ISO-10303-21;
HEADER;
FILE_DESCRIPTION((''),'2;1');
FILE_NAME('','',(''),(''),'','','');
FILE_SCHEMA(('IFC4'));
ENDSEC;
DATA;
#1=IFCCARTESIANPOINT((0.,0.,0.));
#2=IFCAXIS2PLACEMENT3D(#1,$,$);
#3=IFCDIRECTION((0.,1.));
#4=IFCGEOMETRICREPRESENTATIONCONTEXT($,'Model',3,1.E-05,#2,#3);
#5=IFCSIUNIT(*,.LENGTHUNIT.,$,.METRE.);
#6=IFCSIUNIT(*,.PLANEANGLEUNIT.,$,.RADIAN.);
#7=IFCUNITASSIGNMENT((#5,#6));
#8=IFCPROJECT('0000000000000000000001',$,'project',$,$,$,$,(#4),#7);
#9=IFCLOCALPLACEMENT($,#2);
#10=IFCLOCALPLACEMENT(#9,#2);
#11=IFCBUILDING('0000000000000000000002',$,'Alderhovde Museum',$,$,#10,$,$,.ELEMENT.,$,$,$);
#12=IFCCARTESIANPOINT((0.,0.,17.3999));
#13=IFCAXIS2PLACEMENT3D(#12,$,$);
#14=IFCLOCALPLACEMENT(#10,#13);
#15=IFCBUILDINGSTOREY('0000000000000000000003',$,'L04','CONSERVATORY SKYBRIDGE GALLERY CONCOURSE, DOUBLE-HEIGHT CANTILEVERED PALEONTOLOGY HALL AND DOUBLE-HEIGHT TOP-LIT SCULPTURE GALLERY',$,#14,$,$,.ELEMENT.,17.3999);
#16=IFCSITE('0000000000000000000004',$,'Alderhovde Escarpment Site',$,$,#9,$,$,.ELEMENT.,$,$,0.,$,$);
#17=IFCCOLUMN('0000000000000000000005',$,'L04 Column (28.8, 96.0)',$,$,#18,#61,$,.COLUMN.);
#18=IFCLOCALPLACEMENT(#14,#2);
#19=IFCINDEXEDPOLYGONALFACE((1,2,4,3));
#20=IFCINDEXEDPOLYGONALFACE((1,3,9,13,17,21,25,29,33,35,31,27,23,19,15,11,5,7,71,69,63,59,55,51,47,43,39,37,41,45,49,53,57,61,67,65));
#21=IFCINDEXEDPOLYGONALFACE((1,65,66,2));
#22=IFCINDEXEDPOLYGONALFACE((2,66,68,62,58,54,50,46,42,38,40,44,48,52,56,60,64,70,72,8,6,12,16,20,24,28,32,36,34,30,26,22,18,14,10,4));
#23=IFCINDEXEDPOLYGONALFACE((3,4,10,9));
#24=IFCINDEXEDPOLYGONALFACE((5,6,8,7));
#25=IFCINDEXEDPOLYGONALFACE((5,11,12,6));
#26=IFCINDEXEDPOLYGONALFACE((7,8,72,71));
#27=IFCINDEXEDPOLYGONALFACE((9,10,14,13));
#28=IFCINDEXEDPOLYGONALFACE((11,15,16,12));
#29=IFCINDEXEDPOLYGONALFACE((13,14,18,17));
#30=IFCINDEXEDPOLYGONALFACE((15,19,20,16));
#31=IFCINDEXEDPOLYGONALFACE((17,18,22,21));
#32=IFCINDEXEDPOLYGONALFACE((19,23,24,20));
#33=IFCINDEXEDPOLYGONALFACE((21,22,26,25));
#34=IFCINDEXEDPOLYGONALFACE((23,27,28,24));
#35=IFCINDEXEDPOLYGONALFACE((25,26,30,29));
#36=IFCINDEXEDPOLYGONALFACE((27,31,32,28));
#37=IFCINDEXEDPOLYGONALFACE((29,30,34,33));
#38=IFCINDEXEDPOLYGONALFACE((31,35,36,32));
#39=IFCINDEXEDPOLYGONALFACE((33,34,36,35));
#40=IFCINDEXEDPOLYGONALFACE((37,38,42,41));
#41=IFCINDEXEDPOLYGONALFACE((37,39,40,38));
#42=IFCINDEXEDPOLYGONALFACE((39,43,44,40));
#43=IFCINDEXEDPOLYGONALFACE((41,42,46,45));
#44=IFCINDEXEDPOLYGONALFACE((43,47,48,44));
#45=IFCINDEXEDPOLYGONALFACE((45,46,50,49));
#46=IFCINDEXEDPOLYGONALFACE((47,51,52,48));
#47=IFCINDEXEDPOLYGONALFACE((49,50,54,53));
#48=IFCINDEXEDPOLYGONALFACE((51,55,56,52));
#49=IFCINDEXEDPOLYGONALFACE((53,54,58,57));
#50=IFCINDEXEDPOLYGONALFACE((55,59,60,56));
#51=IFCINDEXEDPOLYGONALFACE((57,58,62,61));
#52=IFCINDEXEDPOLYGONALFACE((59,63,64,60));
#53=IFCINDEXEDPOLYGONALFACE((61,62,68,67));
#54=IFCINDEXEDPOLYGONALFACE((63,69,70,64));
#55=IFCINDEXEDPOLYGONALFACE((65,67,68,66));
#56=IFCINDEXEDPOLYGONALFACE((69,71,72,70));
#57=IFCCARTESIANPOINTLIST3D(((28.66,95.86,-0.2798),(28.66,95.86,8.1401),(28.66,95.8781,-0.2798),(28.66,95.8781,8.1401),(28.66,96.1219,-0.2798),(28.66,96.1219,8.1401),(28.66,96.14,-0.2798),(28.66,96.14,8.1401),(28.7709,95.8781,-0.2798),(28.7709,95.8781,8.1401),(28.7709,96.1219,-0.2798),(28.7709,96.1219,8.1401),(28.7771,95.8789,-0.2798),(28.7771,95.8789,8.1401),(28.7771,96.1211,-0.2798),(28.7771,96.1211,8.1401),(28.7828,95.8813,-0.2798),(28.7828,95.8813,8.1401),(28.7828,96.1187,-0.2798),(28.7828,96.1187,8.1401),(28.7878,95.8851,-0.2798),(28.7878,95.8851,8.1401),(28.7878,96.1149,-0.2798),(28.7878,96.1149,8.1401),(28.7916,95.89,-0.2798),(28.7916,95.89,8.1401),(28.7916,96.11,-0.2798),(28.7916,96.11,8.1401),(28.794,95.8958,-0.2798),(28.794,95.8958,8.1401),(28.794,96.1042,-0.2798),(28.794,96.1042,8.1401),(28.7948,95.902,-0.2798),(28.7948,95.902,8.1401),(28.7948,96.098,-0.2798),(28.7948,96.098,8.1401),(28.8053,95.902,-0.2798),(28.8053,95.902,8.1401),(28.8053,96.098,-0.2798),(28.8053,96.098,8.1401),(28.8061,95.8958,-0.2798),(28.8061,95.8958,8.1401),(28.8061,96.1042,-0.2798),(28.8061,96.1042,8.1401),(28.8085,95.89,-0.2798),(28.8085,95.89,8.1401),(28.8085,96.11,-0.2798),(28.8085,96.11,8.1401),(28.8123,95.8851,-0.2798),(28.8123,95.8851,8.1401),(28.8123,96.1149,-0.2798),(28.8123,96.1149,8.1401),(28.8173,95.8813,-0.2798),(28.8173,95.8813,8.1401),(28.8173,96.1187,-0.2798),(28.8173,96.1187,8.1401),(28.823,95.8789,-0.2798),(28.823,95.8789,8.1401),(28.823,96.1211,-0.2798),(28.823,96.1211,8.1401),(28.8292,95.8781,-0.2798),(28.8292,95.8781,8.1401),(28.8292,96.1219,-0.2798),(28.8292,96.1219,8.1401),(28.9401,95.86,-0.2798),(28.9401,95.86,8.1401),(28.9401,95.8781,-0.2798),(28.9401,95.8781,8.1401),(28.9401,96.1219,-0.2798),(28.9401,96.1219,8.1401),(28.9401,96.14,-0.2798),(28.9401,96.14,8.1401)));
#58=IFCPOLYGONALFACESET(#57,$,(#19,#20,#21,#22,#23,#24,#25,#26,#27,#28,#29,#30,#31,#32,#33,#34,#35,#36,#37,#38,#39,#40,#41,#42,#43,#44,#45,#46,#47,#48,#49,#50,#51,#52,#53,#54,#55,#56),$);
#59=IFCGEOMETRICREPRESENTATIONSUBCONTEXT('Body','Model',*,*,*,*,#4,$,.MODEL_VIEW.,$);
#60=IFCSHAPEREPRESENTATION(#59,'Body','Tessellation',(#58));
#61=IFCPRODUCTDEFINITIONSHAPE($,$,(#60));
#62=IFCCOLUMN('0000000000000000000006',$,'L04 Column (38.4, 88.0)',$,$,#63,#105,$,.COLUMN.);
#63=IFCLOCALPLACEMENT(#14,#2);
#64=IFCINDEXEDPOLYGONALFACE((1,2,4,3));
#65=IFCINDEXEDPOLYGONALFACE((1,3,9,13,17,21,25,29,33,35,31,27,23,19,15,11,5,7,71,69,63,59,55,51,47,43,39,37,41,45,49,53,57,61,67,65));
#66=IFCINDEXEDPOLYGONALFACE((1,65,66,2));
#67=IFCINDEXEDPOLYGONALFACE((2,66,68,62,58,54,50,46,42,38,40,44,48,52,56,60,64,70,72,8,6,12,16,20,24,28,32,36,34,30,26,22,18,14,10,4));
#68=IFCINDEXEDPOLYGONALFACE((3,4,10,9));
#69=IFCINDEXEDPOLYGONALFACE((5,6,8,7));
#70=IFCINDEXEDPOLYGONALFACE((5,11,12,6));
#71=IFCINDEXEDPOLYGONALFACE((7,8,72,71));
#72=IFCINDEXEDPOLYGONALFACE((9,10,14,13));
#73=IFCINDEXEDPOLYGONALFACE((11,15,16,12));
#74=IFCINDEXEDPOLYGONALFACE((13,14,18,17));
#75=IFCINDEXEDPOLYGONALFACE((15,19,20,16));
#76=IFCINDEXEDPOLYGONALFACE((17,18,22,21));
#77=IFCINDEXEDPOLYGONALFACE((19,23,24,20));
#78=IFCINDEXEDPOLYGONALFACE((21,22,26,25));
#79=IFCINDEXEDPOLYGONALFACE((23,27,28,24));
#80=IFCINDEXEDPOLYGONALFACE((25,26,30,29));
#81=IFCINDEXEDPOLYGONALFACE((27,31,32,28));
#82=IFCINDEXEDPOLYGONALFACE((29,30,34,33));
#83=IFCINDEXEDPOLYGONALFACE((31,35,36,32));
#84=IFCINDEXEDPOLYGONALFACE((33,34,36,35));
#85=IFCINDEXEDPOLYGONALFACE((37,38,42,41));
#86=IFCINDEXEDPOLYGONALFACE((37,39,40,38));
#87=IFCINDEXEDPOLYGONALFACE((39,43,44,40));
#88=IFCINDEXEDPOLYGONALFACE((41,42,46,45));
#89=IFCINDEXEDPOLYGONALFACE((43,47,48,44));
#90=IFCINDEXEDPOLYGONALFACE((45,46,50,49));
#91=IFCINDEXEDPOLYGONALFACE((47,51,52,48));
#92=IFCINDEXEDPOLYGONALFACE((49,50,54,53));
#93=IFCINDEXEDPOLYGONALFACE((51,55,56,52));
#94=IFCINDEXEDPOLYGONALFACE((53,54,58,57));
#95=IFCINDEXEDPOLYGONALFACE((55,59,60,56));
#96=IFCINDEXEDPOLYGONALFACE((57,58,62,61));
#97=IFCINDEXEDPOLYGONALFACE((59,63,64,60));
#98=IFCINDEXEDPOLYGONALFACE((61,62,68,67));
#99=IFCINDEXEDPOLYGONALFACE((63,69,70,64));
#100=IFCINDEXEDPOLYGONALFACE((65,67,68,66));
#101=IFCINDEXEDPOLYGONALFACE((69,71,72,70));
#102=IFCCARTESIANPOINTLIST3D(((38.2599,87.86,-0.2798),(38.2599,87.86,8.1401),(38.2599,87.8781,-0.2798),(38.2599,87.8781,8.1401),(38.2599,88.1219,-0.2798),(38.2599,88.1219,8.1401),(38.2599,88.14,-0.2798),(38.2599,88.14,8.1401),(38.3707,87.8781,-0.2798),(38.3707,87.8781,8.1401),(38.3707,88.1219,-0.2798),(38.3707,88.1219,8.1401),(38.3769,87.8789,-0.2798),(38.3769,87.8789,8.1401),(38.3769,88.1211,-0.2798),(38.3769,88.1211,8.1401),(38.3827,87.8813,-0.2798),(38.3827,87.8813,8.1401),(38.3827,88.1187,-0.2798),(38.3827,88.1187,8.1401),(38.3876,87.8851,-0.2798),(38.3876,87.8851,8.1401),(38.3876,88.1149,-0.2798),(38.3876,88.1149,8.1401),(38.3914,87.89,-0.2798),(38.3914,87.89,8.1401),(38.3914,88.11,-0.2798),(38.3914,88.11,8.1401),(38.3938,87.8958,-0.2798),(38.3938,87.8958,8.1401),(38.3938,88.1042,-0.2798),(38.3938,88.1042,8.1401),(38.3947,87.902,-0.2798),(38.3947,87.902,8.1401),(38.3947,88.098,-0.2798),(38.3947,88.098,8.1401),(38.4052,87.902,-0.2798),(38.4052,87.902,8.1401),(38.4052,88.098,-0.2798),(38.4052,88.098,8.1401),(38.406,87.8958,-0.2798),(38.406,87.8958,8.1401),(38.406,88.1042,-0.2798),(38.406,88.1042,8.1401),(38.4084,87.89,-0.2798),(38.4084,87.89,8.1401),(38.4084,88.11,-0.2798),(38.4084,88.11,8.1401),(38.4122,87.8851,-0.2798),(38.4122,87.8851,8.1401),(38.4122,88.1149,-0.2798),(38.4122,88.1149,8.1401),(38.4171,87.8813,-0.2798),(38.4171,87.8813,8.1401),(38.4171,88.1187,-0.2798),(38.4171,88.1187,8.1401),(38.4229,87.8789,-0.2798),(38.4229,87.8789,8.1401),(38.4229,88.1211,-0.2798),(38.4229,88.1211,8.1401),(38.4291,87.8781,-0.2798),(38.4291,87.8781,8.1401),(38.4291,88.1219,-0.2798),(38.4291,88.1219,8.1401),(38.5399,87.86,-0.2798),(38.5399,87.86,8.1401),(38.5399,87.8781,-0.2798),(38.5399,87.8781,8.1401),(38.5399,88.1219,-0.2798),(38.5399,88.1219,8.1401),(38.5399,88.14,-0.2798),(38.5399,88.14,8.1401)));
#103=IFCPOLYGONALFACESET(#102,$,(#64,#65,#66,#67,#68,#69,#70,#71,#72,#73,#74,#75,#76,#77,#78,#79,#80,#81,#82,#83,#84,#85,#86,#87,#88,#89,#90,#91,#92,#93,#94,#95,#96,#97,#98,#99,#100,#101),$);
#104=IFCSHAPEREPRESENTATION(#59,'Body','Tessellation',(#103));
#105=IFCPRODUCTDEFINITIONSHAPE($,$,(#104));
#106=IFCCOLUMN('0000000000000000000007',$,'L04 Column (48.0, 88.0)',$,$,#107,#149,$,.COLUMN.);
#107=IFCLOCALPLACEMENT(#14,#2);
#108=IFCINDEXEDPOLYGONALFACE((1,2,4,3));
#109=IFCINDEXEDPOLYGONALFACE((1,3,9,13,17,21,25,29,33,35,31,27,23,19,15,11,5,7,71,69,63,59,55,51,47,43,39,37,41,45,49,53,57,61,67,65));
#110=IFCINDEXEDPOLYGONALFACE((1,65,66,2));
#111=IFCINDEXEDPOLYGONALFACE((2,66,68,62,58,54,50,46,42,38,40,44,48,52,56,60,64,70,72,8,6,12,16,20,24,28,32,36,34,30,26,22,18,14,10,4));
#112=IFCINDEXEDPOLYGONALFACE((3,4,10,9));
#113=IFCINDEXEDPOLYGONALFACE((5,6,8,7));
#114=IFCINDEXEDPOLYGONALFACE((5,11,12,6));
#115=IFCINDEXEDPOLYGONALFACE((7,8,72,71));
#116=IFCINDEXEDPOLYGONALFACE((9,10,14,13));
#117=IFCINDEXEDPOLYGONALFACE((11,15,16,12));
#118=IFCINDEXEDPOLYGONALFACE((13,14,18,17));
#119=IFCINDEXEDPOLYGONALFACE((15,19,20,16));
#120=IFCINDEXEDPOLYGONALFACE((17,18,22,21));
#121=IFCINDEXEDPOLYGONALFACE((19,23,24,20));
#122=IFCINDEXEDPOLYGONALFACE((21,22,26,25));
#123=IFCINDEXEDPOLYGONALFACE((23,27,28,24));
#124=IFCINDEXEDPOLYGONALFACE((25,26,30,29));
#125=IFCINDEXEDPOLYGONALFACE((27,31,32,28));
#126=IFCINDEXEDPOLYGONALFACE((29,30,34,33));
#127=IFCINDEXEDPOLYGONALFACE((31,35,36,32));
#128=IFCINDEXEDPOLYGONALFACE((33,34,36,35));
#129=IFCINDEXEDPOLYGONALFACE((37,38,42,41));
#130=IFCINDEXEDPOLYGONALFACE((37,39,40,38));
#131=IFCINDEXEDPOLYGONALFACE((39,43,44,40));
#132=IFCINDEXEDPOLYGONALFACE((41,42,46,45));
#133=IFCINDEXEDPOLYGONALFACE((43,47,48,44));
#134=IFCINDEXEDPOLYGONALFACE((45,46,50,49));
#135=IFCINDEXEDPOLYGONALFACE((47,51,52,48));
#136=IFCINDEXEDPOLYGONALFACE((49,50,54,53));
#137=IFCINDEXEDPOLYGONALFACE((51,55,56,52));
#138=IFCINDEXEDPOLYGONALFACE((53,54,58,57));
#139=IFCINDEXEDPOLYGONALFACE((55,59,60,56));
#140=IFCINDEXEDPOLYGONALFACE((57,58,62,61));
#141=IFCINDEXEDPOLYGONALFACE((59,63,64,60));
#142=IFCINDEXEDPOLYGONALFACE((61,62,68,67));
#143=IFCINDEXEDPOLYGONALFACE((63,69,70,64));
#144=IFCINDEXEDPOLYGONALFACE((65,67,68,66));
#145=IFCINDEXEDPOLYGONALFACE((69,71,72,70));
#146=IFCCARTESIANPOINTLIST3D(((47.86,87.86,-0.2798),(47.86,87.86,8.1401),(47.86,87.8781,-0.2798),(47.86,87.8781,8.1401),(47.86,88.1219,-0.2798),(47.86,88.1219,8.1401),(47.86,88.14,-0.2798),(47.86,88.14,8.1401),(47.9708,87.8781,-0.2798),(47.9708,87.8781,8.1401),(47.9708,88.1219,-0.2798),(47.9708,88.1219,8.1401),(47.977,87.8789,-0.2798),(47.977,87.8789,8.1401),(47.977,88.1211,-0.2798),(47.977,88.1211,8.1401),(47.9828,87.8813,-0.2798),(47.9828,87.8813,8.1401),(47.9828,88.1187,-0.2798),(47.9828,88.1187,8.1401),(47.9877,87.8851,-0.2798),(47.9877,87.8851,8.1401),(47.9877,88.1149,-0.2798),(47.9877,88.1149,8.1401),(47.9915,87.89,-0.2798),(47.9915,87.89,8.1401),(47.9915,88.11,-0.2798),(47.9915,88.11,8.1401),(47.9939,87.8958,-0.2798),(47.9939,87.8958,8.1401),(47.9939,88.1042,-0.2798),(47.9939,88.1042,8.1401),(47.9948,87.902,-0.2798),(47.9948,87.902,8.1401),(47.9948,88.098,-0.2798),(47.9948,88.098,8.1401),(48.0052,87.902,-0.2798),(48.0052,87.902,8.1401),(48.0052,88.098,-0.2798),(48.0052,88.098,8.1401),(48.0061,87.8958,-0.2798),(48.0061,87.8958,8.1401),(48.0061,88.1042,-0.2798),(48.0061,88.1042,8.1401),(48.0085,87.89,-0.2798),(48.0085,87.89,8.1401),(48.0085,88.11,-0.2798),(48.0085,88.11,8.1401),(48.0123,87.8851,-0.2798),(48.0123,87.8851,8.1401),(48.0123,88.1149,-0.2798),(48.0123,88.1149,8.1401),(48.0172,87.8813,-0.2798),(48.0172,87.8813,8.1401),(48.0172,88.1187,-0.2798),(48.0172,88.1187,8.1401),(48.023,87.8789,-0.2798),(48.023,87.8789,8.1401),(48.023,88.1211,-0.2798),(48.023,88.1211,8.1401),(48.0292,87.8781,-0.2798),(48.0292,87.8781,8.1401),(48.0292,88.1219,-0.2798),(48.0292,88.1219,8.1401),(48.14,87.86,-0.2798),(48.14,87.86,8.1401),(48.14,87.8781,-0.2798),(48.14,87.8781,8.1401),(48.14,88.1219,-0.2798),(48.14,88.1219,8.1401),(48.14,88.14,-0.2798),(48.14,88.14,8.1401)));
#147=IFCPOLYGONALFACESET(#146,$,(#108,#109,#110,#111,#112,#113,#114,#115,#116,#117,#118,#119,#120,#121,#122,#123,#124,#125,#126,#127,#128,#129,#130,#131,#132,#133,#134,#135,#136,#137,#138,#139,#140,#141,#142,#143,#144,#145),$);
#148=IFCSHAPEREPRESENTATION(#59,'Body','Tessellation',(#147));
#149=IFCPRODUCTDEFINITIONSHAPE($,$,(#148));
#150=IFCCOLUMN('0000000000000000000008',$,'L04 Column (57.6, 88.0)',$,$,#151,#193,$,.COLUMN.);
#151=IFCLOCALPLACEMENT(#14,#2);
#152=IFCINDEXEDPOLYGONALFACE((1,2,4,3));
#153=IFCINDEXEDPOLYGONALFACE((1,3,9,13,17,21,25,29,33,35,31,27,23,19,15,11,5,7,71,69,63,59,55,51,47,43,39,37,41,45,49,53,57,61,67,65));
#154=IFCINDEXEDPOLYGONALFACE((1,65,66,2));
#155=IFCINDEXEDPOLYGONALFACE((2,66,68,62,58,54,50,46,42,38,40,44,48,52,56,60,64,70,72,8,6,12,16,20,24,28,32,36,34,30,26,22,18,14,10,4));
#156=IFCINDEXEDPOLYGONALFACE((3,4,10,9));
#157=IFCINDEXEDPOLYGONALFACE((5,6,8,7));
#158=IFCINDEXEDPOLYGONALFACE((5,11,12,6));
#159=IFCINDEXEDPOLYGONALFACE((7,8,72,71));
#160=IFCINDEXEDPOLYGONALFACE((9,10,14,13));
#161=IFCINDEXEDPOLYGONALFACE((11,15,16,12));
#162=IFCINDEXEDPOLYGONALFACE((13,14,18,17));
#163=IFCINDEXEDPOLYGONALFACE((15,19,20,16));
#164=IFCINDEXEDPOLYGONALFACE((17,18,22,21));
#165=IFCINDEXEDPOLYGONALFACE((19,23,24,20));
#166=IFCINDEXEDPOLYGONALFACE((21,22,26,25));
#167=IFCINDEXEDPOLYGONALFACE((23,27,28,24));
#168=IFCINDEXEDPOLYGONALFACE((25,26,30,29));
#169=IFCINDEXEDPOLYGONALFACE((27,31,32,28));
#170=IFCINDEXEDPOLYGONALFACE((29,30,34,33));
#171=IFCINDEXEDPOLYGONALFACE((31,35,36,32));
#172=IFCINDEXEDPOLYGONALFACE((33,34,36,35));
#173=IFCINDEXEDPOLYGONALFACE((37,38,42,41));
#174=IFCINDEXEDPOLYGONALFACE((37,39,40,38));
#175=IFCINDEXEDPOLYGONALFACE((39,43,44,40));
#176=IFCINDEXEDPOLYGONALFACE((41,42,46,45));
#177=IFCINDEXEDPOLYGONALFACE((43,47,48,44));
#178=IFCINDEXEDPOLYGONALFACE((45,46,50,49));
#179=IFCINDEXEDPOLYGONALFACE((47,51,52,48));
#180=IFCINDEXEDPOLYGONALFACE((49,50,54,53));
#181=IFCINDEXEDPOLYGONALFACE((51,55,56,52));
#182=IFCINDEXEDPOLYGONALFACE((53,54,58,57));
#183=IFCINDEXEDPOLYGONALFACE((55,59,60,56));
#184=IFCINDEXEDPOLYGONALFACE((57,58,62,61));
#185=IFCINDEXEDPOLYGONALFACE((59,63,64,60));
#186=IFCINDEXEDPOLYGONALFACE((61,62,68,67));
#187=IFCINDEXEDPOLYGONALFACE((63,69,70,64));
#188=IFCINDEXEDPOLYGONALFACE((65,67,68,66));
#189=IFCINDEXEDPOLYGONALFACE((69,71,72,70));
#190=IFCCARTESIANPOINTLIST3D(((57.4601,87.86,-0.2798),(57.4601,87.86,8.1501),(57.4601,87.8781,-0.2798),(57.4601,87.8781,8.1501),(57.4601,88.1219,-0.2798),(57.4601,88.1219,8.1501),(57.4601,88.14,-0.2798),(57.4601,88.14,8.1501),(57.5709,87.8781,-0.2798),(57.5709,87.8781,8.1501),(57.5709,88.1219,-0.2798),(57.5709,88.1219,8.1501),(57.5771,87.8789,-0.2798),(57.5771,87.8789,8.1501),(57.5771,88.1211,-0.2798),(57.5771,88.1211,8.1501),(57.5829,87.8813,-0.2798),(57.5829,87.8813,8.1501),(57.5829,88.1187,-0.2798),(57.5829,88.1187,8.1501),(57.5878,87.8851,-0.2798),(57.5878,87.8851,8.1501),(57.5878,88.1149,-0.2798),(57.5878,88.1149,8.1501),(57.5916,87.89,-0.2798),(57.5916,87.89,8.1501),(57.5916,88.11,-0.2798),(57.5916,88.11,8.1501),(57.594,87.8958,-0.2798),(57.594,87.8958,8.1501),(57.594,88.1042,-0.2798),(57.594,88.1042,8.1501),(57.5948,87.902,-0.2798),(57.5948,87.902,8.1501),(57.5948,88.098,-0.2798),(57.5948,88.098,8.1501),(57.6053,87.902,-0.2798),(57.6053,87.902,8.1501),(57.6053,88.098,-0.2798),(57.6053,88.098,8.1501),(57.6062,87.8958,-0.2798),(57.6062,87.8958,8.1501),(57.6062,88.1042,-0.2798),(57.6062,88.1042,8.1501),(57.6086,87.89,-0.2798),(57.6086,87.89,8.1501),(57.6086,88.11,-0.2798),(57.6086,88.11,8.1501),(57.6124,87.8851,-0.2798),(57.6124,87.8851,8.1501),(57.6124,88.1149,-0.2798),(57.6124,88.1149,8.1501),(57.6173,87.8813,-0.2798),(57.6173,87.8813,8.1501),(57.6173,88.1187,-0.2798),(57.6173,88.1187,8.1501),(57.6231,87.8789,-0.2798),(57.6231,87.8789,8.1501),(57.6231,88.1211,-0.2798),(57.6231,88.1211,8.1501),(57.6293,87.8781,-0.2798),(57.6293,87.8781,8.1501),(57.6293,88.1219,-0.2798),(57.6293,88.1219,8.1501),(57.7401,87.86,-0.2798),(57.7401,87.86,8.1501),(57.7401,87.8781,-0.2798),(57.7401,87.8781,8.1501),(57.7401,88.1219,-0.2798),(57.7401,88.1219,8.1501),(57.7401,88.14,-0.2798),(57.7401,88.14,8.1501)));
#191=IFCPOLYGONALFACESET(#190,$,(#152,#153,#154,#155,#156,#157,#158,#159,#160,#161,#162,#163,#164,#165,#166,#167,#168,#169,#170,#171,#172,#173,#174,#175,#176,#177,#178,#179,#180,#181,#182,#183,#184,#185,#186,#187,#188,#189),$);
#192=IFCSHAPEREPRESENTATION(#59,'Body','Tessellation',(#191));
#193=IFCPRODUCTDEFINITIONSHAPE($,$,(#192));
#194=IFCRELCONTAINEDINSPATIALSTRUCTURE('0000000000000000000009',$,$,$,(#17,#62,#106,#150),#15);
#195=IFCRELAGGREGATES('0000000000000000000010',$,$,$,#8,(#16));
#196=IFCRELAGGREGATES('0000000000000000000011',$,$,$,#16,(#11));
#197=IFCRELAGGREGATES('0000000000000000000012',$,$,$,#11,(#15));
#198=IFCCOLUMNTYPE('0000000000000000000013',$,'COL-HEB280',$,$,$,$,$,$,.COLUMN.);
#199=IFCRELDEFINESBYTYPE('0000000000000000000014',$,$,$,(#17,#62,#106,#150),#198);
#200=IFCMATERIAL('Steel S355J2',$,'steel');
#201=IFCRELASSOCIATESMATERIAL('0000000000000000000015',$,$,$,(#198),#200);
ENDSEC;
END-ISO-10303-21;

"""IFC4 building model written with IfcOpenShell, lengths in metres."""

from ifc_helpers import new_model, si_unit, direction, frame, origin, origin_2d, place, context, subcontext, project, spatial, i_section, extrude, material, material_profile, profile_set, type_object, element, save


model = new_model("IFC4")

# Units and contexts
model_context = context("Model", 3, precision=1e-05, world=origin(), true_north=direction((0.0, 1.0)))
body_context = subcontext(model_context, "Body", "Model", "MODEL_VIEW")
ifc_project = project(units=[si_unit("LENGTHUNIT", "METRE"), si_unit("PLANEANGLEUNIT", "RADIAN")], contexts=[model_context])

# Site, building, storey
site_placement = place(None, origin())
site = spatial("IfcSite", under=ifc_project, at=site_placement, Name="Alderhovde Escarpment Site", CompositionType="ELEMENT", RefElevation=0.0)
building_placement = place(site_placement, origin())
building = spatial("IfcBuilding", under=site, at=building_placement, Name="Alderhovde Museum", CompositionType="ELEMENT")
storey_placement = place(building_placement, frame((0.0, 0.0, 17.3999)))
storey = spatial("IfcBuildingStorey", under=building, at=storey_placement, Name="L04", Description="CONSERVATORY SKYBRIDGE GALLERY CONCOURSE, DOUBLE-HEIGHT CANTILEVERED PALEONTOLOGY HALL AND DOUBLE-HEIGHT TOP-LIT SCULPTURE GALLERY", CompositionType="ELEMENT", Elevation=17.3999)

# Columns
ifc_material_1 = material(Name="Steel S355J2", Category="steel")
ifc_material_profile_1 = material_profile(ifc_material_1, i_section(OverallWidth=0.28, OverallDepth=0.28, WebThickness=0.0105, FlangeThickness=0.0181, FilletRadius=0.0239, at=origin_2d()), Name="HEB 280")
ifc_profile_set_1 = profile_set([ifc_material_profile_1], Name="Steel S355J2")
column_type_1 = type_object("IfcColumnType", Name="COL-HEB280", PredefinedType="COLUMN", material=ifc_profile_set_1)
for number, where, z_axis, x_axis, name in (
    (1, (28.8, 96.0, -0.2798), (0.0, 0.0, 1.0), (1.0, 0.0, 0.0), "L04 Column (28.8, 96.0)"),
    (2, (38.3999, 88.0, -0.2798), (0.0, 0.0, 1.0), (1.0, 0.0, 0.0), "L04 Column (38.4, 88.0)"),
    (3, (48.0, 88.0, -0.2798), (0.0, 0.0, 1.0), (1.0, 0.0, 0.0), "L04 Column (48.0, 88.0)"),
):
    element("IfcColumn", number, at=place(storey_placement, frame(where, z_axis=z_axis, x_axis=x_axis)), inside=storey, type_object=column_type_1, Name=name, PredefinedType="COLUMN", context=body_context, shape_type="SweptSolid", body=[
        extrude(i_section(OverallWidth=0.28, OverallDepth=0.28, WebThickness=0.0105, FlangeThickness=0.0181, FilletRadius=0.0239, at=origin_2d()), origin(), (0.0, 0.0, 1.0), 8.4199),
    ])
column_placement = place(storey_placement, frame((57.6001, 88.0, -0.2798), z_axis=(0.0, 0.0, 1.0), x_axis=(1.0, 0.0, 0.0)))
element("IfcColumn", 4, at=column_placement, inside=storey, type_object=column_type_1, Name="L04 Column (57.6, 88.0)", PredefinedType="COLUMN", context=body_context, shape_type="SweptSolid", body=[
    extrude(i_section(OverallWidth=0.28, OverallDepth=0.28, WebThickness=0.0105, FlangeThickness=0.0181, FilletRadius=0.0239, at=origin_2d()), origin(), (0.0, 0.0, 1.0), 8.4299),
])

save(model, "model.ifc")
